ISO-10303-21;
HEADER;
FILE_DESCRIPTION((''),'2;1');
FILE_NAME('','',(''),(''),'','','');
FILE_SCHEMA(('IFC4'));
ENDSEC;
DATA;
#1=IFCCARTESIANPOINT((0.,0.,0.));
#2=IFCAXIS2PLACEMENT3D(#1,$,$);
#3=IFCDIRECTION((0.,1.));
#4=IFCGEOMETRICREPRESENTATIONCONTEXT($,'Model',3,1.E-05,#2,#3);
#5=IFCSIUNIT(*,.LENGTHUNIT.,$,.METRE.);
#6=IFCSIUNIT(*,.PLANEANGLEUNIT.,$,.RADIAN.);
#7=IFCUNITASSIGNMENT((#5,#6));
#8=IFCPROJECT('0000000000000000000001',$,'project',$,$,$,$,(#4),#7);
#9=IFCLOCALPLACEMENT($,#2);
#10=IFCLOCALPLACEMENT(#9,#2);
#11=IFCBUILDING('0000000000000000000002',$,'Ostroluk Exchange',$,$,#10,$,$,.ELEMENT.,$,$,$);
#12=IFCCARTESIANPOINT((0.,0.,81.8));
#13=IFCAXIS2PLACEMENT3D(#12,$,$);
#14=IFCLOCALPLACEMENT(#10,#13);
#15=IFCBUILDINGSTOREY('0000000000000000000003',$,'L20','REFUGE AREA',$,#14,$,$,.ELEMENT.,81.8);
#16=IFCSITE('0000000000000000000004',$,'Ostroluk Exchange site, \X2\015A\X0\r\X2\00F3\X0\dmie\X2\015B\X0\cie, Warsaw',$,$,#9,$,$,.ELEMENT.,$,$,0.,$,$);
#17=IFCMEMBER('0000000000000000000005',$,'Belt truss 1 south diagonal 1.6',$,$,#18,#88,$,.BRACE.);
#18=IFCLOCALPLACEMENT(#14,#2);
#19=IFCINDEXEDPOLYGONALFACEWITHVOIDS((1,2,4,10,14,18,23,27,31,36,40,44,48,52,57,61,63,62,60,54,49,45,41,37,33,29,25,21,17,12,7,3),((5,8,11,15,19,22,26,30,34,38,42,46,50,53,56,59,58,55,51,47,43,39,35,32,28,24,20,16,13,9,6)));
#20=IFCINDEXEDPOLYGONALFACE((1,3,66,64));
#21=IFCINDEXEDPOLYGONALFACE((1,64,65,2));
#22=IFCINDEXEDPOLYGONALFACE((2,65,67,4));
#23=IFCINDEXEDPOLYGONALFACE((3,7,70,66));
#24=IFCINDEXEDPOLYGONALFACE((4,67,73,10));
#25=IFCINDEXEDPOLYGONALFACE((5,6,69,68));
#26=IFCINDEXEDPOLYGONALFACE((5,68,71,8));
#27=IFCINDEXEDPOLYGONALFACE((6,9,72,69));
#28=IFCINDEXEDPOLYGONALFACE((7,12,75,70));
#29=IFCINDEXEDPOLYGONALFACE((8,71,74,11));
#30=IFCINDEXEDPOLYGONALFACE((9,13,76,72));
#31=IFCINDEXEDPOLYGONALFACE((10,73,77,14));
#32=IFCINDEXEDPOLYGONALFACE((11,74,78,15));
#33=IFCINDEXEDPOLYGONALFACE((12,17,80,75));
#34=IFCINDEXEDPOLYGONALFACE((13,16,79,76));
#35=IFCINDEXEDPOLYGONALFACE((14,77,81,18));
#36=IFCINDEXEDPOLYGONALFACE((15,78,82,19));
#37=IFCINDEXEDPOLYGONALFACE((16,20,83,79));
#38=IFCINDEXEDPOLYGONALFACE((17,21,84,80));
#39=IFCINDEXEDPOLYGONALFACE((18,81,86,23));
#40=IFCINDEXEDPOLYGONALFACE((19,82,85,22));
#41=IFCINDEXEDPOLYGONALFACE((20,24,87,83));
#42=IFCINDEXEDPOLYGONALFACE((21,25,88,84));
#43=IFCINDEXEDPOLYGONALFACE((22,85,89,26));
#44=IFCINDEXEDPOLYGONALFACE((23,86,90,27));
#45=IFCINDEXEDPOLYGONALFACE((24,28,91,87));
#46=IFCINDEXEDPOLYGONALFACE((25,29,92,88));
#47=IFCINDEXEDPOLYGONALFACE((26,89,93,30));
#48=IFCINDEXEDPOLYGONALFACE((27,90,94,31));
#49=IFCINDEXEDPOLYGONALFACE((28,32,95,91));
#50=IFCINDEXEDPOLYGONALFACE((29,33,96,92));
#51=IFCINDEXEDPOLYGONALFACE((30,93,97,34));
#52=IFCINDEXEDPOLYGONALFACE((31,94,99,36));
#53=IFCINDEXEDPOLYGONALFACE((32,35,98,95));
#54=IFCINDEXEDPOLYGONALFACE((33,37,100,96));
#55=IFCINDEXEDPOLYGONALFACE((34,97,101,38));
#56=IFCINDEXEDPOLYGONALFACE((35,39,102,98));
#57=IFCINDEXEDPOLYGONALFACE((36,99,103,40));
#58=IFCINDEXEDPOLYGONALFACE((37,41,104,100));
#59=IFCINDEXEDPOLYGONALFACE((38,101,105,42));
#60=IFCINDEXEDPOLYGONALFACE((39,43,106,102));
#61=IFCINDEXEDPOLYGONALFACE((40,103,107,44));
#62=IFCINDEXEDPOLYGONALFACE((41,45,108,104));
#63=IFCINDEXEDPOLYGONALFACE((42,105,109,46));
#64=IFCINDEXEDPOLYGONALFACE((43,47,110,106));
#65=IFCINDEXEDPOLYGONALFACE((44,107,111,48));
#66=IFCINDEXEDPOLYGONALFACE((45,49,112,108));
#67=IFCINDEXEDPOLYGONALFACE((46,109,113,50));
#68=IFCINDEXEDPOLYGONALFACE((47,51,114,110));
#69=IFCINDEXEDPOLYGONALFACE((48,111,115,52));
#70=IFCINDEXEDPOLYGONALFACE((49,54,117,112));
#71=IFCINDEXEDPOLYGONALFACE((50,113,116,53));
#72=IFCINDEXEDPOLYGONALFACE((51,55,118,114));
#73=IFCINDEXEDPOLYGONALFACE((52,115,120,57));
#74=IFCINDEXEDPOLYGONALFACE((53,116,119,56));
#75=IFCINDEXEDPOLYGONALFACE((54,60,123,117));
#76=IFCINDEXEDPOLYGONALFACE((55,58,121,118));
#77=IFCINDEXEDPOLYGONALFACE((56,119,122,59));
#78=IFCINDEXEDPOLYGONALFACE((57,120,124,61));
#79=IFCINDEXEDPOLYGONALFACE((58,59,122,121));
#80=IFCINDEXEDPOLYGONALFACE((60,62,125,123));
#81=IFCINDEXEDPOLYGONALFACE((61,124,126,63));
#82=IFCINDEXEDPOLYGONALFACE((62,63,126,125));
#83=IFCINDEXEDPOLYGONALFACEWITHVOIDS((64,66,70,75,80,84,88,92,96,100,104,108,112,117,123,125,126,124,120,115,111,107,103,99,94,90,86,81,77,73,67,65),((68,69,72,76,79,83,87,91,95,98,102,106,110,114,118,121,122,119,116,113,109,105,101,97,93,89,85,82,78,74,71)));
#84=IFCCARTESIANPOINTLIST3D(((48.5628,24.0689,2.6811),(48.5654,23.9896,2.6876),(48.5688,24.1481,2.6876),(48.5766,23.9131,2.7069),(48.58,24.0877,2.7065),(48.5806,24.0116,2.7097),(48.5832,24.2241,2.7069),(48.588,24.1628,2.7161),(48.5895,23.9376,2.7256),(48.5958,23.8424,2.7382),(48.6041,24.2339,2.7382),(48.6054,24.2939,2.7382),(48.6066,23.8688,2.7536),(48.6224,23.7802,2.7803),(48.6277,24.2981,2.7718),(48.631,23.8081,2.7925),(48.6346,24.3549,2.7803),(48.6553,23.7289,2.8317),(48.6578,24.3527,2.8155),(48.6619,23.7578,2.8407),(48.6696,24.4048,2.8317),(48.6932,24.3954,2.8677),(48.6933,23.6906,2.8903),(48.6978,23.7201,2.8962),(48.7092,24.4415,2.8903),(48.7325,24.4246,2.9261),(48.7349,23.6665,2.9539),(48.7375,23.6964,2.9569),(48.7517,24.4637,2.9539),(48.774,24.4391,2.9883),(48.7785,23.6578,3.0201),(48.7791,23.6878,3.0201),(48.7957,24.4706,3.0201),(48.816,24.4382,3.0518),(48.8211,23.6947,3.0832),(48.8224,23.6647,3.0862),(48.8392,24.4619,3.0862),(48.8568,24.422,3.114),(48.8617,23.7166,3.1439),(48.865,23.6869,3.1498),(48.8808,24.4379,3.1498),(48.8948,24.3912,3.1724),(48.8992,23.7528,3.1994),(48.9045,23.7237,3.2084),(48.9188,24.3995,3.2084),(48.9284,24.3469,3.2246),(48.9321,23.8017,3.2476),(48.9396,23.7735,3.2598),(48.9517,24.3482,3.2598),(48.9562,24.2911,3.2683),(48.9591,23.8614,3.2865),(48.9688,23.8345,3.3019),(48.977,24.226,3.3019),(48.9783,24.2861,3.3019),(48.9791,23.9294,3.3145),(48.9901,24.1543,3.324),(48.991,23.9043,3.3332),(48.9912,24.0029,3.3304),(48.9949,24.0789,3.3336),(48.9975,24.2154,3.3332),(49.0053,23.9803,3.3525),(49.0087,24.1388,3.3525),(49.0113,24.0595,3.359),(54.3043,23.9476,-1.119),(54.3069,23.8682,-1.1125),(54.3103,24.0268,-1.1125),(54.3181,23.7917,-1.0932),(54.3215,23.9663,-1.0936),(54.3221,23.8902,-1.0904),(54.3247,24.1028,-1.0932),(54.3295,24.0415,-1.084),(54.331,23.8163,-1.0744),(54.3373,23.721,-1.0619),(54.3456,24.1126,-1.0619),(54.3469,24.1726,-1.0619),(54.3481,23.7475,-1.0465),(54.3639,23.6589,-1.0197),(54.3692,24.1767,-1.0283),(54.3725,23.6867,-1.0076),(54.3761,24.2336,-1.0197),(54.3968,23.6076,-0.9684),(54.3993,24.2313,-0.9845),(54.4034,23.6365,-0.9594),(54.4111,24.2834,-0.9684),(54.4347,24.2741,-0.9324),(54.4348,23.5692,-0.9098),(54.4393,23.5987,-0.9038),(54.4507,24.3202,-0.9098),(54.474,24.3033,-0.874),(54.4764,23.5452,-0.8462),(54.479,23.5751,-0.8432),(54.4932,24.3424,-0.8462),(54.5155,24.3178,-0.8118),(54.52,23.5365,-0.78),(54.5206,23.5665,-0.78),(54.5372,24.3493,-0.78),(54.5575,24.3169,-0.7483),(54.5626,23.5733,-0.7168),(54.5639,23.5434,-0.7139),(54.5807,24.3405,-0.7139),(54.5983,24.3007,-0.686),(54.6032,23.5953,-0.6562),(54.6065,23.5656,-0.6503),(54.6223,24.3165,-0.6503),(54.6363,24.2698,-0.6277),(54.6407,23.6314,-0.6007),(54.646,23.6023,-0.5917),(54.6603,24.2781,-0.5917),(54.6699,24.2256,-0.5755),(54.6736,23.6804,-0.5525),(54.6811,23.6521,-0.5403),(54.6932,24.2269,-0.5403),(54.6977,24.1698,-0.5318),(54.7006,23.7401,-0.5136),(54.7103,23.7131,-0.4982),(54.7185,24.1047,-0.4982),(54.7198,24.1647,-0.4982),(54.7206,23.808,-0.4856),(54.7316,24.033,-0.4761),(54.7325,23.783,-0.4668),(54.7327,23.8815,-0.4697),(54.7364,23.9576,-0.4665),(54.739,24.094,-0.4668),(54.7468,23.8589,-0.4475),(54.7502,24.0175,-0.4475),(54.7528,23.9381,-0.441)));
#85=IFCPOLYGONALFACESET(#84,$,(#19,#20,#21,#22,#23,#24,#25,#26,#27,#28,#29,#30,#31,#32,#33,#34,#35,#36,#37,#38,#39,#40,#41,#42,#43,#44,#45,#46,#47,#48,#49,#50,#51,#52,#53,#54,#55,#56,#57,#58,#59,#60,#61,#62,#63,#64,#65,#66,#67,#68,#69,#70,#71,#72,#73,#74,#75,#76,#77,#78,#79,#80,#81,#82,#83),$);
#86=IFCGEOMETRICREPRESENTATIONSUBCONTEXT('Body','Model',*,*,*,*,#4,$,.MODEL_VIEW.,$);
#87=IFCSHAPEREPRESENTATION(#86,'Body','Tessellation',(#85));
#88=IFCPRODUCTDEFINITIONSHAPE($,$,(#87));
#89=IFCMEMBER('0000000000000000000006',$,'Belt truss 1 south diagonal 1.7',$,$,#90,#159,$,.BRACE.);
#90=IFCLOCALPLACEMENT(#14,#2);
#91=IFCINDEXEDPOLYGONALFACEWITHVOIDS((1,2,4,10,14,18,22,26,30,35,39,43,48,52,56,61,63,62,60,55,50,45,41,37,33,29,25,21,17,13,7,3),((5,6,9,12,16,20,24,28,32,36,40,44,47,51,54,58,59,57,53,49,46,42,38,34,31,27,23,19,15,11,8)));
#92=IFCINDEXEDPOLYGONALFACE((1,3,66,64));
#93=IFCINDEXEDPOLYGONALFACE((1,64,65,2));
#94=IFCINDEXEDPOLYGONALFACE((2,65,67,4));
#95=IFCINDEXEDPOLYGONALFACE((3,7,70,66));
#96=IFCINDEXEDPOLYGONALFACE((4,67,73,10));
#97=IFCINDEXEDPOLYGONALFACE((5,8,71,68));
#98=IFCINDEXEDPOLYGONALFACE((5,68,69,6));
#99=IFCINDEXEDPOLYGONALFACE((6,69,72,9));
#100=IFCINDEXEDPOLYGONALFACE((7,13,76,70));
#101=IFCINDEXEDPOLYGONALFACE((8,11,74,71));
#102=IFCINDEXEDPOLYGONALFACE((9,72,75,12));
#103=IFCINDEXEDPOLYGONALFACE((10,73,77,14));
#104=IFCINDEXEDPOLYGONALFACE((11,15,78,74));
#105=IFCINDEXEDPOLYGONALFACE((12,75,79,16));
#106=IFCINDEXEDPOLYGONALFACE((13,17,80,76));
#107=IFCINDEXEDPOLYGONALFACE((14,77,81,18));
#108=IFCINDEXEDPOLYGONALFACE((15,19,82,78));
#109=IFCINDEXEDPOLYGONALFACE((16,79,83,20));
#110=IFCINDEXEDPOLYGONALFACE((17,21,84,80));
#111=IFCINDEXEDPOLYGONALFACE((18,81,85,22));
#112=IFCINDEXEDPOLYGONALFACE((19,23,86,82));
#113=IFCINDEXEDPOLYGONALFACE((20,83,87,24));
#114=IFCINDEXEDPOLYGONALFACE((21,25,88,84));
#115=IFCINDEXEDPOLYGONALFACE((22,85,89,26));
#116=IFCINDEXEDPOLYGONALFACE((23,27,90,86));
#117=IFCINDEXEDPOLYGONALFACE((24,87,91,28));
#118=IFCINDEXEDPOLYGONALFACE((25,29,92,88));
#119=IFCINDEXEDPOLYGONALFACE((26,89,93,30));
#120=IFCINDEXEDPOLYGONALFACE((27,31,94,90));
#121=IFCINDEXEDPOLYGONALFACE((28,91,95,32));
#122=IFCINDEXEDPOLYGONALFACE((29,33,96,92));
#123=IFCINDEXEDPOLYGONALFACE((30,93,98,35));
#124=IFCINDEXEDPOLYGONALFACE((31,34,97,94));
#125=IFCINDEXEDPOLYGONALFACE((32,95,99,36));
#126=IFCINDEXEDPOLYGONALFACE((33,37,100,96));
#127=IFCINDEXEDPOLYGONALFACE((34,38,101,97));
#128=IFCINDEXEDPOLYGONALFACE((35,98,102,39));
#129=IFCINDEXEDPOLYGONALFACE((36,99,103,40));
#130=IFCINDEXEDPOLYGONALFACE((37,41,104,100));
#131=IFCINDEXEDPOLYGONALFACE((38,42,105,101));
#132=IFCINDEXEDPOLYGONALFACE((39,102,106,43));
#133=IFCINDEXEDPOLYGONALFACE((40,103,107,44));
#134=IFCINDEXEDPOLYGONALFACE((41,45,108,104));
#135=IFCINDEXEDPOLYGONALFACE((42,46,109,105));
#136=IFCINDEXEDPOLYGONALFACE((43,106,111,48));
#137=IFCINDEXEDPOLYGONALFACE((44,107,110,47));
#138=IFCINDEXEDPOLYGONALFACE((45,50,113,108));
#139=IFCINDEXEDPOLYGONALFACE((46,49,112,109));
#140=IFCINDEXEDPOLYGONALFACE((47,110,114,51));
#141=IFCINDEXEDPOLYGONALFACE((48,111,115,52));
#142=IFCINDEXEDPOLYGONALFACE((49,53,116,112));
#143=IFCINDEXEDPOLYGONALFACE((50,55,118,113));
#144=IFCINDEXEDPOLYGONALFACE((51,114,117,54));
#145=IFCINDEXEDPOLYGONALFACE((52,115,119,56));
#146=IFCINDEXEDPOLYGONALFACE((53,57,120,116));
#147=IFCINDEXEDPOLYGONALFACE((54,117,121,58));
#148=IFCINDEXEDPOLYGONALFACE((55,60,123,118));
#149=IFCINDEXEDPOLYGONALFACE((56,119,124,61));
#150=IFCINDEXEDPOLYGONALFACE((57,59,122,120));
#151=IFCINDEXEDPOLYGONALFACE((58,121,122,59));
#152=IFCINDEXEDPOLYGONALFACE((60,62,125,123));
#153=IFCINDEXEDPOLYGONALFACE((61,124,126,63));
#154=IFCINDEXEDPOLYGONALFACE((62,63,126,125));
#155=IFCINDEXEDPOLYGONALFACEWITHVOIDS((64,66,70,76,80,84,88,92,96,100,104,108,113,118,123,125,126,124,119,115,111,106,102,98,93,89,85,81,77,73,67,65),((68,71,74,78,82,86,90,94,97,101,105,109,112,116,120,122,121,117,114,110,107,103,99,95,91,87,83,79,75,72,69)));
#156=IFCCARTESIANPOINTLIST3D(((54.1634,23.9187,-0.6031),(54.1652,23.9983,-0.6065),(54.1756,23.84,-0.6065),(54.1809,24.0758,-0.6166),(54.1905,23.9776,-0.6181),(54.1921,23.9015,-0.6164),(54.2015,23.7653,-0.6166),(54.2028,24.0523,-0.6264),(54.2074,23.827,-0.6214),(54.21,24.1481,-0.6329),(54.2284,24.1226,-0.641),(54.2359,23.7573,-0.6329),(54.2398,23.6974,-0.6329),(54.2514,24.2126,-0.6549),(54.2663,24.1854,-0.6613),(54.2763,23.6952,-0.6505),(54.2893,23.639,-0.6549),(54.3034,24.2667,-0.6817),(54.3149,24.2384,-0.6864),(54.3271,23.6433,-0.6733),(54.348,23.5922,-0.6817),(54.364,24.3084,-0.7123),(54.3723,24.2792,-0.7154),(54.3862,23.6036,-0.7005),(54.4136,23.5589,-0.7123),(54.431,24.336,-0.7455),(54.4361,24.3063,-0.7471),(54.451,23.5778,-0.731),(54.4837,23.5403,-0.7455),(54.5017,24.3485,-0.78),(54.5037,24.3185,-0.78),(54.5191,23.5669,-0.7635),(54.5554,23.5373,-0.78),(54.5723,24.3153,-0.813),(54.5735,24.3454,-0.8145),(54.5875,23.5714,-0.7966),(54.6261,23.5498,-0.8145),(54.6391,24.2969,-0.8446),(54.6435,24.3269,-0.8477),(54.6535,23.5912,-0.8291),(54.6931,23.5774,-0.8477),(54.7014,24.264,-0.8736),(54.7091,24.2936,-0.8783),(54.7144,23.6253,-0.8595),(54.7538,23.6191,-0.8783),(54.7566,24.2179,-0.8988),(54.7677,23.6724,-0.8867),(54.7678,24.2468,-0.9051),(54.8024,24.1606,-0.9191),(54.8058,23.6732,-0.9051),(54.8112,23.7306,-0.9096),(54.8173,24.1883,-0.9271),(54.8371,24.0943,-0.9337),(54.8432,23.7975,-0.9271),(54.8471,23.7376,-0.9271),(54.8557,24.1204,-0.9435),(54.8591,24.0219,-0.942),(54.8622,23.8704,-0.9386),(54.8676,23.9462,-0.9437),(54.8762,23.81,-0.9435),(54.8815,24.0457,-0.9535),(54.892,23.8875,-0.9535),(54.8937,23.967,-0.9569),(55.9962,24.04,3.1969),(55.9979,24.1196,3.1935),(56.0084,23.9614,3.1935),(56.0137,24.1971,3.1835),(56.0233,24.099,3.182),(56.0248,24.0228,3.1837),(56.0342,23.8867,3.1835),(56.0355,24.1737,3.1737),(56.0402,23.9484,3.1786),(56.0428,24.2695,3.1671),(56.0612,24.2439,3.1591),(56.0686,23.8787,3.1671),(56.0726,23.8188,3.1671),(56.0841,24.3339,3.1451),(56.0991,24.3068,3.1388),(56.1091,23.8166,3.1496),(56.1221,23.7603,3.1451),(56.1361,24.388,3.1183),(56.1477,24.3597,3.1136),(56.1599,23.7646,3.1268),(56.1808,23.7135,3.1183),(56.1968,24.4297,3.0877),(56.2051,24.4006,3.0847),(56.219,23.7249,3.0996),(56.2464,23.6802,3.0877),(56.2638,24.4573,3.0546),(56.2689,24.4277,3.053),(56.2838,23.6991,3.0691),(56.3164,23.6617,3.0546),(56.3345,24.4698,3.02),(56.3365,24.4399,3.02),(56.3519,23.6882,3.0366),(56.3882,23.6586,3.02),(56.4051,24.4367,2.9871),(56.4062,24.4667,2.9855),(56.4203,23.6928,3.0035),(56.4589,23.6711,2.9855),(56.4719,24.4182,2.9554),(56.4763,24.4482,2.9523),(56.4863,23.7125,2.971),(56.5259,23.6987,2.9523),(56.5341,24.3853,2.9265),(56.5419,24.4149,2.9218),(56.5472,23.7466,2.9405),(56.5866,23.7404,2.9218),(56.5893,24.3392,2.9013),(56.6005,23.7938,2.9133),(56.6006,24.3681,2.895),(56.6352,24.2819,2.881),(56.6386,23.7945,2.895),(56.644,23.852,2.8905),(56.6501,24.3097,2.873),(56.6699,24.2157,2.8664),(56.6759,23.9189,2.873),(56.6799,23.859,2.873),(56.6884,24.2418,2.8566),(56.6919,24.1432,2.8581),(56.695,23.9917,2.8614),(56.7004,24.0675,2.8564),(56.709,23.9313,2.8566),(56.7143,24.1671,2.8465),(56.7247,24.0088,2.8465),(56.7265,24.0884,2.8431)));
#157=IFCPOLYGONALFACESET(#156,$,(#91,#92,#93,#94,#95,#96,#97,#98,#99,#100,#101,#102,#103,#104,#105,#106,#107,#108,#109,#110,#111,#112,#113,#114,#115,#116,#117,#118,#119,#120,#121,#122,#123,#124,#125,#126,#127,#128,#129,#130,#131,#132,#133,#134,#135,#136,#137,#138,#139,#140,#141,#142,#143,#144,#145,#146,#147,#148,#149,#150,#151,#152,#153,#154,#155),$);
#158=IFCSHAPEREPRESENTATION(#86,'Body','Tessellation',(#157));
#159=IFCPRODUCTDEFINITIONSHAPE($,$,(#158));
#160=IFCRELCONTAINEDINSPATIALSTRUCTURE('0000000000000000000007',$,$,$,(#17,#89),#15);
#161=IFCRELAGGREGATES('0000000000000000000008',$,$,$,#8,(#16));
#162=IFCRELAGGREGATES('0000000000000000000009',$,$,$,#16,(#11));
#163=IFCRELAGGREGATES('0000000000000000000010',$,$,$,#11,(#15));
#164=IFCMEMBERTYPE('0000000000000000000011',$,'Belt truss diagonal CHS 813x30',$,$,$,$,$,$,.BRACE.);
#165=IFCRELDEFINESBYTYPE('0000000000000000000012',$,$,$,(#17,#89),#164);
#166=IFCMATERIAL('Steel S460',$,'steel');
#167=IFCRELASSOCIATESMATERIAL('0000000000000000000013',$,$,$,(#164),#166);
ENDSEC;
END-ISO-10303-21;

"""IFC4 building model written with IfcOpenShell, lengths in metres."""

from ifc_helpers import new_model, si_unit, direction, frame, origin, origin_2d, place, context, subcontext, project, spatial, hollow_circle, extrude, material, material_profile, profile_set, type_object, element, save


model = new_model("IFC4")

# Units and contexts
model_context = context("Model", 3, precision=1e-05, world=origin(), true_north=direction((0.0, 1.0)))
body_context = subcontext(model_context, "Body", "Model", "MODEL_VIEW")
ifc_project = project(units=[si_unit("LENGTHUNIT", "METRE"), si_unit("PLANEANGLEUNIT", "RADIAN")], contexts=[model_context])

# Site, building, storey
site_placement = place(None, origin())
site = spatial("IfcSite", under=ifc_project, at=site_placement, Name="Ostroluk Exchange site, Śródmieście, Warsaw", CompositionType="ELEMENT", RefElevation=0.0)
building_placement = place(site_placement, origin())
building = spatial("IfcBuilding", under=site, at=building_placement, Name="Ostroluk Exchange", CompositionType="ELEMENT")
storey_placement = place(building_placement, frame((0.0, 0.0, 81.8)))
storey = spatial("IfcBuildingStorey", under=building, at=storey_placement, Name="L20", Description="REFUGE AREA", CompositionType="ELEMENT", Elevation=81.8)

# Members
ifc_material_1 = material(Name="Steel S460", Category="steel")
ifc_material_profile_1 = material_profile(ifc_material_1, hollow_circle(Radius=0.4065, WallThickness=0.03, at=origin_2d()), Name="CHS 813x30")
ifc_profile_set_1 = profile_set([ifc_material_profile_1], Name="Steel S460")
member_type_1 = type_object("IfcMemberType", Name="Belt truss diagonal CHS 813x30", PredefinedType="BRACE", material=ifc_profile_set_1)
member_1_placement = place(storey_placement, frame((54.5286, 23.9429, -0.78), z_axis=(-0.833766, 0.017621, 0.551837), x_axis=(-0.021129, -0.999777, 0.0)))
element("IfcMember", 1, at=member_1_placement, inside=storey, type_object=member_type_1, Name="Belt truss 1 south diagonal 1.6", PredefinedType="BRACE", context=body_context, shape_type="SweptSolid", body=[
    extrude(hollow_circle(Radius=0.4065, WallThickness=0.03, at=origin_2d()), origin(), (0.0, 0.0, 1.0), 6.8862),
])
member_2_placement = place(storey_placement, frame((54.5286, 23.9429, -0.78), z_axis=(0.434234, 0.028748, 0.900341), x_axis=(-0.06606, 0.997816, 0.0)))
element("IfcMember", 2, at=member_2_placement, inside=storey, type_object=member_type_1, Name="Belt truss 1 south diagonal 1.7", PredefinedType="BRACE", context=body_context, shape_type="SweptSolid", body=[
    extrude(hollow_circle(Radius=0.4065, WallThickness=0.03, at=origin_2d()), origin(), (0.0, 0.0, 1.0), 4.2207),
])

save(model, "model.ifc")
